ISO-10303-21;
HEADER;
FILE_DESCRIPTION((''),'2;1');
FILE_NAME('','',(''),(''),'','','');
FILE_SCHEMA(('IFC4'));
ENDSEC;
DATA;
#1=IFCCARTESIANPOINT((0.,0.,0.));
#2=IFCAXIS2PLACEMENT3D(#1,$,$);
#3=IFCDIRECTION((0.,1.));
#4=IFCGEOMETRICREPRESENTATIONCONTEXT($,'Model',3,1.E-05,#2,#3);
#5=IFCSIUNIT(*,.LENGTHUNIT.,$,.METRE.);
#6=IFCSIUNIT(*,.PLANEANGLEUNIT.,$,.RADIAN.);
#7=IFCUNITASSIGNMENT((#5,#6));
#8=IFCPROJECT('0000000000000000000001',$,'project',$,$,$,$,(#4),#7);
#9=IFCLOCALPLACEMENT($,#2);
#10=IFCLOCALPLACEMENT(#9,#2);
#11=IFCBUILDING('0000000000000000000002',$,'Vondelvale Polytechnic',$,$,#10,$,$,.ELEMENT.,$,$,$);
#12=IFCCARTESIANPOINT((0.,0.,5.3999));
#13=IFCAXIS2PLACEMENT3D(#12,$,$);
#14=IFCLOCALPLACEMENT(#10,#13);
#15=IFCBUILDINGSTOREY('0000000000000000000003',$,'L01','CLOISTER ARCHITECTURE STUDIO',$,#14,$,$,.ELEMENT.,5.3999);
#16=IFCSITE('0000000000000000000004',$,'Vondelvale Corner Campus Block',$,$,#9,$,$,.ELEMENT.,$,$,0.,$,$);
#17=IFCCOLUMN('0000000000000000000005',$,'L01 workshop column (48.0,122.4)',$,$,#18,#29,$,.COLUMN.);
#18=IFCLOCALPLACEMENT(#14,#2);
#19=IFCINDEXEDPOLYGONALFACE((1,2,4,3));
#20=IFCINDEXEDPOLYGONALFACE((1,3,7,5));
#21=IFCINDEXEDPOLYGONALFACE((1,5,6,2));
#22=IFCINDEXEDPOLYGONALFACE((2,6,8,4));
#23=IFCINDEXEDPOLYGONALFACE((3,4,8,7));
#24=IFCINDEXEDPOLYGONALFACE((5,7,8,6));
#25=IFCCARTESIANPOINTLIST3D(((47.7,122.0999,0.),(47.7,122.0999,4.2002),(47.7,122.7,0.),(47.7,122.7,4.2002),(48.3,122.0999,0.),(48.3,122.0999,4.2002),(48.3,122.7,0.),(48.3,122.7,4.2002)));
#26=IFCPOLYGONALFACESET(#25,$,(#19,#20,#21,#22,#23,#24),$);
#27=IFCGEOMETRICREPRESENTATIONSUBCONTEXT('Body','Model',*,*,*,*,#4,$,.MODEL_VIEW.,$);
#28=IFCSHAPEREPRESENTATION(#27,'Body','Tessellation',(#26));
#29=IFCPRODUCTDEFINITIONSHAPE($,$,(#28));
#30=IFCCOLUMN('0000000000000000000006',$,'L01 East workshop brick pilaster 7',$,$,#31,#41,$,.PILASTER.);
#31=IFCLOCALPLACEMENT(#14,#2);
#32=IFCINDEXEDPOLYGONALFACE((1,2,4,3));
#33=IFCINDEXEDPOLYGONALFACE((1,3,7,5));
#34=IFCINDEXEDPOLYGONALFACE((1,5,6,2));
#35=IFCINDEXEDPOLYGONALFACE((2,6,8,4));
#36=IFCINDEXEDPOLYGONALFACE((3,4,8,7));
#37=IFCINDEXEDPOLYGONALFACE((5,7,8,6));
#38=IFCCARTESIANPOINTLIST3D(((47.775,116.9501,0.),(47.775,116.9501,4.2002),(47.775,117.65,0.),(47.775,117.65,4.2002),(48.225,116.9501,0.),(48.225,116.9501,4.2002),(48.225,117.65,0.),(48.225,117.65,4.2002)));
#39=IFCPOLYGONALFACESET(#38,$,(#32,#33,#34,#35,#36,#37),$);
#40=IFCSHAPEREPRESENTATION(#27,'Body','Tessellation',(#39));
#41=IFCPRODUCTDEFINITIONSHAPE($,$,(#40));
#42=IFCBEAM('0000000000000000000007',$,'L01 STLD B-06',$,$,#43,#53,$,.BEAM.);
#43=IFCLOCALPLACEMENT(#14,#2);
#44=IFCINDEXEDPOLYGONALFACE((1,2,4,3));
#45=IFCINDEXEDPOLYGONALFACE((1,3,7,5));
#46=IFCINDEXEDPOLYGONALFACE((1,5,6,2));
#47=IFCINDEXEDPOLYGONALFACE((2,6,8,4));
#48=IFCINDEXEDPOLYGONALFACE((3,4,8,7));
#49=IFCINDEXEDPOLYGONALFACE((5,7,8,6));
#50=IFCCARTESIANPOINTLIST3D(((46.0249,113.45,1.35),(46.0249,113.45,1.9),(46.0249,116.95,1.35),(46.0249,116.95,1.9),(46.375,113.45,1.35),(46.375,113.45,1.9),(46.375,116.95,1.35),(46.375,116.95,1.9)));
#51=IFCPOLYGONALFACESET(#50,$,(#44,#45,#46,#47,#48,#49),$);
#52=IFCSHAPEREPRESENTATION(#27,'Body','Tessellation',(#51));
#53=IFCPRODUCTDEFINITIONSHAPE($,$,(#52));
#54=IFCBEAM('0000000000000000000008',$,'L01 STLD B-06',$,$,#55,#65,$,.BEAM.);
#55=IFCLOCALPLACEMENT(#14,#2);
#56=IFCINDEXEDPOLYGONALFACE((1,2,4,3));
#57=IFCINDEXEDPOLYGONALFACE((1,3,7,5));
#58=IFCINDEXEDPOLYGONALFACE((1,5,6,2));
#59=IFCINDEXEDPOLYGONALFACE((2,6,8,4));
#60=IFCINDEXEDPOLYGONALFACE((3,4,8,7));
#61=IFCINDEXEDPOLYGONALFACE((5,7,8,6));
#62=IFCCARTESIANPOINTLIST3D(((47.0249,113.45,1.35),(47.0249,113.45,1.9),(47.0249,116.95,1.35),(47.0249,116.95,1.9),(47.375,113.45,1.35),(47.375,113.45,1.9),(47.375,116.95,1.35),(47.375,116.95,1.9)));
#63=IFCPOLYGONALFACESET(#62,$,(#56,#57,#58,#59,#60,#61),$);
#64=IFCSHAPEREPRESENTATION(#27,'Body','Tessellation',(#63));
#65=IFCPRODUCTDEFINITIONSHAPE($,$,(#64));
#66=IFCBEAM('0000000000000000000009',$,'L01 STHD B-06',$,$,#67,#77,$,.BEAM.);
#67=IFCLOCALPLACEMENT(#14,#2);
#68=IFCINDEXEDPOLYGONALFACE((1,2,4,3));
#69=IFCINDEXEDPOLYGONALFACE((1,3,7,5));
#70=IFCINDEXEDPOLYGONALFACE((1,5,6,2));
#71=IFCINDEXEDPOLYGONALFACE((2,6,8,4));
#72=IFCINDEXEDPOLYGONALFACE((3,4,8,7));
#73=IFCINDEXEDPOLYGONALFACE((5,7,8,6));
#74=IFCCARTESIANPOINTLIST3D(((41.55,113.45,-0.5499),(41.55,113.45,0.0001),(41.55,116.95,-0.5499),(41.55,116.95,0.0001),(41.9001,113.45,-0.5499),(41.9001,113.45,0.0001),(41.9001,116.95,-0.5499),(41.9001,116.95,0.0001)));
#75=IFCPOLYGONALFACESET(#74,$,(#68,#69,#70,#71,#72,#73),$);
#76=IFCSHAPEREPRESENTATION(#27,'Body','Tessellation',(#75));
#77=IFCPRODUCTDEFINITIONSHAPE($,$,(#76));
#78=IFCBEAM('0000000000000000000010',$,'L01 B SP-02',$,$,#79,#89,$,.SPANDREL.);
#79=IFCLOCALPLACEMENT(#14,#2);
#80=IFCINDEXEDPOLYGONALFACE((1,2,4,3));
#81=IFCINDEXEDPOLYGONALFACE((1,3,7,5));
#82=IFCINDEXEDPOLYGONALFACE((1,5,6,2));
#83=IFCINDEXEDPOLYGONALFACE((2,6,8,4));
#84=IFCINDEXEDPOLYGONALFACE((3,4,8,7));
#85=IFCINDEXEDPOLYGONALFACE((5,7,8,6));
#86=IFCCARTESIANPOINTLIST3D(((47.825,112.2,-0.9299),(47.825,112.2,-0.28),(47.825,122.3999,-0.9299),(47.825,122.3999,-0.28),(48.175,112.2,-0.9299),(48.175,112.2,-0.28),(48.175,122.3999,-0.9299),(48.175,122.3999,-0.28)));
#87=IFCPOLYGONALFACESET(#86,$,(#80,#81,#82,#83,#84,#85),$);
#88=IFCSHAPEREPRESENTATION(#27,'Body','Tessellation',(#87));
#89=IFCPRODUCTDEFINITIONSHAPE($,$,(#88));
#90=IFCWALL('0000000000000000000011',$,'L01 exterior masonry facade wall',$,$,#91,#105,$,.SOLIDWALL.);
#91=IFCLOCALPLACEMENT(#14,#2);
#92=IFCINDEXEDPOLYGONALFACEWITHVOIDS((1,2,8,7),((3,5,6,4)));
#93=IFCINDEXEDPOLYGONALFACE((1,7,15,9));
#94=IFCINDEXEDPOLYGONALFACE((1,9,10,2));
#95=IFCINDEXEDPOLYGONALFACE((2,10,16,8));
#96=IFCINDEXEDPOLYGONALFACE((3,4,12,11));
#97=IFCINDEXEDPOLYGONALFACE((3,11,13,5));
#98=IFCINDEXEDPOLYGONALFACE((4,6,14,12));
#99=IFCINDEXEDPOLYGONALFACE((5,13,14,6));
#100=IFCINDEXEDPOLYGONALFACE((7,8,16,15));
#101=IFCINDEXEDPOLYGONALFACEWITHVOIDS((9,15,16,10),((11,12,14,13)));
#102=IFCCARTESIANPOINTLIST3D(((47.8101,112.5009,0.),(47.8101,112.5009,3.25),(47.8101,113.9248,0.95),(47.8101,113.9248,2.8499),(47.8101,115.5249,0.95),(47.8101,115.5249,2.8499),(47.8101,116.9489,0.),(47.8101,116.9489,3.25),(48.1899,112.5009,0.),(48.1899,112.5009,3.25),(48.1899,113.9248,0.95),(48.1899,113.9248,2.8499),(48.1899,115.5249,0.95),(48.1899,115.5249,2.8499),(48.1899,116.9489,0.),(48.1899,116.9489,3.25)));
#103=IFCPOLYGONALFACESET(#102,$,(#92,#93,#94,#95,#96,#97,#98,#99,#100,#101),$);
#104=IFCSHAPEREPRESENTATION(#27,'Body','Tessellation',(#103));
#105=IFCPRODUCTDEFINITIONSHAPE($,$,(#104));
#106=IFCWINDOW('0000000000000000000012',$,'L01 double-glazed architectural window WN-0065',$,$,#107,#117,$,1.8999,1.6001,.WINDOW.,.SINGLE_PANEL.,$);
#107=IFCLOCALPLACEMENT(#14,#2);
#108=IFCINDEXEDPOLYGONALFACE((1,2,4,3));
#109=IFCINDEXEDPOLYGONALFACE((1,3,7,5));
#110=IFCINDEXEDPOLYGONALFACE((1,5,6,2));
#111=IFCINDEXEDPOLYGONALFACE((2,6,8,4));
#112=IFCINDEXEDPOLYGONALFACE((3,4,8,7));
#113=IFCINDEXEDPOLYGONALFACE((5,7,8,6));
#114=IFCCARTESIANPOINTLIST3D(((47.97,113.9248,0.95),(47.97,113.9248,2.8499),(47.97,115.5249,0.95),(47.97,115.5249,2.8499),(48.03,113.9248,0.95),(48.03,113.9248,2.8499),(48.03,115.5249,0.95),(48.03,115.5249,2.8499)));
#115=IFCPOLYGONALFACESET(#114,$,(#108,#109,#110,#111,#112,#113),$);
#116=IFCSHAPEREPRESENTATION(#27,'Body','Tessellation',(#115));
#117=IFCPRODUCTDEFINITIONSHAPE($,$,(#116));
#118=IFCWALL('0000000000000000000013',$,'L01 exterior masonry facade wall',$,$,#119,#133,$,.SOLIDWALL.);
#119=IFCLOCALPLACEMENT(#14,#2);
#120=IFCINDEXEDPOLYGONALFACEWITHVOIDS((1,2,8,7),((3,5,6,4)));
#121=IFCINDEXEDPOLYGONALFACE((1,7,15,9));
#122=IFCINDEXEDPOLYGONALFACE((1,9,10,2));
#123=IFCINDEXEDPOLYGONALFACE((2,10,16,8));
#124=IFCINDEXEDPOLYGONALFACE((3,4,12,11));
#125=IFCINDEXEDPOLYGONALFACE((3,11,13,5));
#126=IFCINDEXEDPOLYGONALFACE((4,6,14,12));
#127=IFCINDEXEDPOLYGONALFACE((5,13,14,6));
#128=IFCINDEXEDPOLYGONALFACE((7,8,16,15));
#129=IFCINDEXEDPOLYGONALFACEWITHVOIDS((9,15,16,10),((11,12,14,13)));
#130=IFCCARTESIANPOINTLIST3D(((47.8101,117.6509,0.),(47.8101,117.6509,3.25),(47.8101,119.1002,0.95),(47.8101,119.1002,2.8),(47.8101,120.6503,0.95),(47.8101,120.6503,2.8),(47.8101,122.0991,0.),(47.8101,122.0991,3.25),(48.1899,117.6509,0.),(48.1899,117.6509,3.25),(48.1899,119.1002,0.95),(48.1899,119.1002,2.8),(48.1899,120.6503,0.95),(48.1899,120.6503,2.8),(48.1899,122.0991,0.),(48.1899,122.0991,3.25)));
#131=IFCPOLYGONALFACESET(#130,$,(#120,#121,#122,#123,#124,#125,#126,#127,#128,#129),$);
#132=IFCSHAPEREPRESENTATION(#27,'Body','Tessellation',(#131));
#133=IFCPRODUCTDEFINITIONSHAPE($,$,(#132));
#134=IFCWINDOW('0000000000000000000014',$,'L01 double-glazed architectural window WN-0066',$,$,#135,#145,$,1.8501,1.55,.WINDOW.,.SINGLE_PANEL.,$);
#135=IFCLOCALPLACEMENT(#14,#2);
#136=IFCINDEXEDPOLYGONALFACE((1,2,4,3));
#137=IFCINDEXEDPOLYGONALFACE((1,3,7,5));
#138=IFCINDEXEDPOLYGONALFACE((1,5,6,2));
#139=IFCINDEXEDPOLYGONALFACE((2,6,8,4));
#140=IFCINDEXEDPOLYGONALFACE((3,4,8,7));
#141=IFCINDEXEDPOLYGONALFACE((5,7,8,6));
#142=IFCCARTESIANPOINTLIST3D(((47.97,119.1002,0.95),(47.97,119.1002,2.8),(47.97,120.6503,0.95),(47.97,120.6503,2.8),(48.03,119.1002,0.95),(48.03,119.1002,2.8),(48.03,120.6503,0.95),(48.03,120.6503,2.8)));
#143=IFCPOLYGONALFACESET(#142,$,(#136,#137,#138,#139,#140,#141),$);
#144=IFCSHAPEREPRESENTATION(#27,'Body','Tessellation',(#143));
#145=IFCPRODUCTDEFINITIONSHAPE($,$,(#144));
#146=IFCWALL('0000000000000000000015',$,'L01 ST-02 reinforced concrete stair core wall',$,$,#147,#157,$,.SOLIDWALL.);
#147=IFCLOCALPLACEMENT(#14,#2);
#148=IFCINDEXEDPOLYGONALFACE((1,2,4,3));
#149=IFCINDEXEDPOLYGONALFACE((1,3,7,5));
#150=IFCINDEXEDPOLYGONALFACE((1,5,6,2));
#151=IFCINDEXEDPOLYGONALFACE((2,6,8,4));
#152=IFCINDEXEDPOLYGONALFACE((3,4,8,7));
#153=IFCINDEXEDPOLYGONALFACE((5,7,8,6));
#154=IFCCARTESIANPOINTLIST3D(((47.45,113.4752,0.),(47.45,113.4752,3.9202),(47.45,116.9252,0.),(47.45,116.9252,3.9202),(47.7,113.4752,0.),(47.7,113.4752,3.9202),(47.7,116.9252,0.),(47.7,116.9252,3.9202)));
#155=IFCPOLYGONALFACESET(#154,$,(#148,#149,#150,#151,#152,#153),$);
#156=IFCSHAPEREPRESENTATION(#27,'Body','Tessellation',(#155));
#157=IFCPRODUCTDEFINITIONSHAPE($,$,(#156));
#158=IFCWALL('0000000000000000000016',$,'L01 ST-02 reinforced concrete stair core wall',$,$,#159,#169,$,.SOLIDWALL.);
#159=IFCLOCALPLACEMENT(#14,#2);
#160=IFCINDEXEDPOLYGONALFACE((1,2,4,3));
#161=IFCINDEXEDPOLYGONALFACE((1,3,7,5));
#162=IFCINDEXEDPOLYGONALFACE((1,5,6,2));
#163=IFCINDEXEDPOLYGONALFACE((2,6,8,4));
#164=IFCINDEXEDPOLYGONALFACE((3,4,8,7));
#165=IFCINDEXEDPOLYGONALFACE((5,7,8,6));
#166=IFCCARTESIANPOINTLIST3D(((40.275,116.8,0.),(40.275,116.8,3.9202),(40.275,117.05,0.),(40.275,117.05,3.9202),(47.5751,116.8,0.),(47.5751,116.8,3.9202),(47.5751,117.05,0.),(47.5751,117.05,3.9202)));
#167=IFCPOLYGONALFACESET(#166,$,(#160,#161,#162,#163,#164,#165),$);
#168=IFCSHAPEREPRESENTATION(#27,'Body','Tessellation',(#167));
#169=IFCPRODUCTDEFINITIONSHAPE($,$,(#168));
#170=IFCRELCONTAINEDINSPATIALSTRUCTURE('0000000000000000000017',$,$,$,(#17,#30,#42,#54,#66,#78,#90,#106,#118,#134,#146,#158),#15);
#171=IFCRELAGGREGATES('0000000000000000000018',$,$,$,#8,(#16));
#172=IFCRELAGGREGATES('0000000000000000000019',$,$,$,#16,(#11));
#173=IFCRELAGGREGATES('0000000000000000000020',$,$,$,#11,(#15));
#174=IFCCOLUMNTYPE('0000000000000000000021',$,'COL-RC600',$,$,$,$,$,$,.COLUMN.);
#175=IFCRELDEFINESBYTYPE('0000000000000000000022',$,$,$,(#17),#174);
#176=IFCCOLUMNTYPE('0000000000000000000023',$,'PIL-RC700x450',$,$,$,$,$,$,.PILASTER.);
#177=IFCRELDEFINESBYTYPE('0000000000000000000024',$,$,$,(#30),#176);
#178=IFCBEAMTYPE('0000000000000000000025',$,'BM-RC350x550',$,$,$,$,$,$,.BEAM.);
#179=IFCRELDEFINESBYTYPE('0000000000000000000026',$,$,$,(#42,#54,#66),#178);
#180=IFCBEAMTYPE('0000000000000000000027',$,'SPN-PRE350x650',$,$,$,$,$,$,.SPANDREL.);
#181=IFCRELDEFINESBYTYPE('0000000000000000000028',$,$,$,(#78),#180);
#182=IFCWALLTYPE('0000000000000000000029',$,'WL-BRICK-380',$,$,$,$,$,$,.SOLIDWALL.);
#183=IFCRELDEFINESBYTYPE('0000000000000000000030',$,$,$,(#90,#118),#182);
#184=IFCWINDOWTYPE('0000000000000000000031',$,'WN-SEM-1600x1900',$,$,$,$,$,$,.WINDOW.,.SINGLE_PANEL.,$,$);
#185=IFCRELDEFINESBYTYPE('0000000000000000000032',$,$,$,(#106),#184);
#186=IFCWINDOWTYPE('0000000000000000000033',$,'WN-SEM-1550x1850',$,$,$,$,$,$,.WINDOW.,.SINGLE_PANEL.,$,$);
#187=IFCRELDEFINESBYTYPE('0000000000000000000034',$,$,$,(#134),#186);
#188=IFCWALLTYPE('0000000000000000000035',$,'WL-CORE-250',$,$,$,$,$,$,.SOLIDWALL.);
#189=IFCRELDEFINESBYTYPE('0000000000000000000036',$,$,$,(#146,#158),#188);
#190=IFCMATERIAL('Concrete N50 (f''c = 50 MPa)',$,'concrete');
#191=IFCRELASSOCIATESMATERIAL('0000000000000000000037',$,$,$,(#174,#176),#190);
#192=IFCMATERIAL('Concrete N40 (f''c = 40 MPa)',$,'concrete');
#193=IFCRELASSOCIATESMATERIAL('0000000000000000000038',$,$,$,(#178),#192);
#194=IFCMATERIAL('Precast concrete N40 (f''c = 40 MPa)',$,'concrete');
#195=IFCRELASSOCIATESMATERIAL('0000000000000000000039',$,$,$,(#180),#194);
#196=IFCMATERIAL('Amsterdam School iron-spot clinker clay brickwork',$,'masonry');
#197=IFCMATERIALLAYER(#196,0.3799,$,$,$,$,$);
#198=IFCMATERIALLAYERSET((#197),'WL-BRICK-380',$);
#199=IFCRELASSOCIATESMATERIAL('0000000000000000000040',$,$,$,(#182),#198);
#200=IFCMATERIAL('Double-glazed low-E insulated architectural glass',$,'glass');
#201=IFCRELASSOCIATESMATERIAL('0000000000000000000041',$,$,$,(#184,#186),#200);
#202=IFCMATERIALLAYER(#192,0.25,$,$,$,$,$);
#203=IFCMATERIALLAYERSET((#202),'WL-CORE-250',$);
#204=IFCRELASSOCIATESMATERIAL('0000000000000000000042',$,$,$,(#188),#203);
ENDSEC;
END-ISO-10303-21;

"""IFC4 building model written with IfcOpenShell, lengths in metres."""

from ifc_helpers import new_model, si_unit, direction, frame, frame_2d, origin, origin_2d, place, context, subcontext, project, spatial, rectangle, extrude, material, layer, layer_set, material_profile, profile_set, type_object, element, fill, save


model = new_model("IFC4")

# Units and contexts
model_context = context("Model", 3, precision=1e-05, world=origin(), true_north=direction((0.0, 1.0)))
body_context = subcontext(model_context, "Body", "Model", "MODEL_VIEW")
ifc_project = project(units=[si_unit("LENGTHUNIT", "METRE"), si_unit("PLANEANGLEUNIT", "RADIAN")], contexts=[model_context])

# Site, building, storey
site_placement = place(None, origin())
site = spatial("IfcSite", under=ifc_project, at=site_placement, Name="Vondelvale Corner Campus Block", CompositionType="ELEMENT", RefElevation=0.0)
building_placement = place(site_placement, origin())
building = spatial("IfcBuilding", under=site, at=building_placement, Name="Vondelvale Polytechnic", CompositionType="ELEMENT")
storey_placement = place(building_placement, frame((0.0, 0.0, 5.3999)))
storey = spatial("IfcBuildingStorey", under=building, at=storey_placement, Name="L01", Description="CLOISTER ARCHITECTURE STUDIO", CompositionType="ELEMENT", Elevation=5.3999)

# Columns
ifc_material_1 = material(Name="Concrete N50 (f'c = 50 MPa)", Category="concrete")
ifc_material_profile_1 = material_profile(ifc_material_1, rectangle(XDim=0.6001, YDim=0.6001, at=origin_2d()), Name="RC-COL-600x600")
ifc_profile_set_1 = profile_set([ifc_material_profile_1], Name="Concrete N50 (f'c = 50 MPa)")
column_type_1 = type_object("IfcColumnType", Name="COL-RC600", PredefinedType="COLUMN", material=ifc_profile_set_1)
column_1_placement = place(storey_placement, frame((48.0, 122.3999, 0.0), z_axis=(0.0, 0.0, 1.0), x_axis=(1.0, 0.0, 0.0)))
element("IfcColumn", 1, at=column_1_placement, inside=storey, type_object=column_type_1, Name="L01 workshop column (48.0,122.4)", PredefinedType="COLUMN", context=body_context, shape_type="SweptSolid", body=[
    extrude(rectangle(XDim=0.6001, YDim=0.6001, at=origin_2d()), origin(), (0.0, 0.0, 1.0), 4.2002),
])
ifc_material_profile_2 = material_profile(ifc_material_1, rectangle(XDim=0.45, YDim=0.7, at=origin_2d()), Name="RC-PIL-700x450")
ifc_profile_set_2 = profile_set([ifc_material_profile_2], Name="Concrete N50 (f'c = 50 MPa)")
column_type_2 = type_object("IfcColumnType", Name="PIL-RC700x450", PredefinedType="PILASTER", material=ifc_profile_set_2)
column_2_placement = place(storey_placement, frame((48.0, 117.3, 0.0), z_axis=(0.0, 0.0, 1.0), x_axis=(1.0, 0.0, 0.0)))
element("IfcColumn", 2, at=column_2_placement, inside=storey, type_object=column_type_2, Name="L01 East workshop brick pilaster 7", PredefinedType="PILASTER", context=body_context, shape_type="SweptSolid", body=[
    extrude(rectangle(XDim=0.45, YDim=0.7, at=origin_2d()), origin(), (0.0, 0.0, 1.0), 4.2002),
])

# Beams
ifc_material_2 = material(Name="Concrete N40 (f'c = 40 MPa)", Category="concrete")
ifc_material_profile_3 = material_profile(ifc_material_2, rectangle(XDim=0.3501, YDim=0.55, at=origin_2d()), Name="RC-BM-350x550")
ifc_profile_set_3 = profile_set([ifc_material_profile_3], Name="Concrete N40 (f'c = 40 MPa)")
beam_type_1 = type_object("IfcBeamType", Name="BM-RC350x550", PredefinedType="BEAM", material=ifc_profile_set_3)
for number, where, z_axis, x_axis, name in (
    (3, (46.2, 113.45, 1.625), (0.0, 1.0, 0.0), (-1.0, 0.0, 0.0), "L01 STLD B-06"),
    (4, (47.2, 113.45, 1.625), (0.0, 1.0, 0.0), (-1.0, 0.0, 0.0), "L01 STLD B-06"),
    (5, (41.7251, 113.45, -0.2749), (0.0, 1.0, 0.0), (-1.0, 0.0, 0.0), "L01 STHD B-06"),
):
    element("IfcBeam", number, at=place(storey_placement, frame(where, z_axis=z_axis, x_axis=x_axis)), inside=storey, type_object=beam_type_1, Name=name, PredefinedType="BEAM", context=body_context, shape_type="SweptSolid", body=[
        extrude(rectangle(XDim=0.3501, YDim=0.55, at=origin_2d()), origin(), (0.0, 0.0, 1.0), 3.5),
    ])
ifc_material_3 = material(Name="Precast concrete N40 (f'c = 40 MPa)", Category="concrete")
ifc_material_profile_4 = material_profile(ifc_material_3, rectangle(XDim=0.3501, YDim=0.6499, at=origin_2d()), Name="RC-SPN-350x650")
ifc_profile_set_4 = profile_set([ifc_material_profile_4], Name="Precast concrete N40 (f'c = 40 MPa)")
beam_type_2 = type_object("IfcBeamType", Name="SPN-PRE350x650", PredefinedType="SPANDREL", material=ifc_profile_set_4)
beam_placement = place(storey_placement, frame((48.0, 112.2, -0.605), z_axis=(0.0, 1.0, 0.0), x_axis=(-1.0, 0.0, 0.0)))
element("IfcBeam", 6, at=beam_placement, inside=storey, type_object=beam_type_2, Name="L01 B SP-02", PredefinedType="SPANDREL", context=body_context, shape_type="SweptSolid", body=[
    extrude(rectangle(XDim=0.3501, YDim=0.6499, at=origin_2d()), origin(), (0.0, 0.0, 1.0), 10.2),
])

# Walls, openings, windows
ifc_material_4 = material(Name="Amsterdam School iron-spot clinker clay brickwork", Category="masonry")
ifc_layer_1 = layer(ifc_material_4, 0.3799)
ifc_layer_set_1 = layer_set([ifc_layer_1], Name="WL-BRICK-380")
wall_type_1 = type_object("IfcWallType", Name="WL-BRICK-380", PredefinedType="SOLIDWALL", material=ifc_layer_set_1)
wall_1_placement = place(storey_placement, frame((48.0, 116.949, 0.0), z_axis=(0.0, 0.0, 1.0), x_axis=(0.0, -1.0, 0.0)))
wall_1 = element("IfcWall", 7, at=wall_1_placement, inside=storey, type_object=wall_type_1, Name="L01 exterior masonry facade wall", PredefinedType="SOLIDWALL", context=body_context, shape_type="SweptSolid", body=[
    extrude(rectangle(XDim=4.448, YDim=0.3799, at=frame_2d((2.2241, 0.0))), origin(), (0.0, 0.0, 1.0), 3.25),
])
opening_1_placement = place(wall_1_placement, frame((1.4241, 0.0, 0.95)))
opening_1 = element("IfcOpeningElement", 8, at=opening_1_placement, cuts=wall_1, PredefinedType="OPENING", context=body_context, shape_type="SweptSolid", body=[
    extrude(rectangle(XDim=1.6001, YDim=1.8999, at=frame_2d((0.8, 0.95))), frame((0.0, 0.2, 0.0), z_axis=(0.0, -1.0, 0.0), x_axis=(1.0, 0.0, 0.0)), (0.0, 0.0, 1.0), 0.3999),
])
ifc_material_5 = material(Name="Double-glazed low-E insulated architectural glass", Category="glass")
window_type_1 = type_object("IfcWindowType", Name="WN-SEM-1600x1900", PartitioningType="SINGLE_PANEL", PredefinedType="WINDOW", material=ifc_material_5)
window_1_placement = place(opening_1_placement, origin())
window_1 = element("IfcWindow", 9, at=window_1_placement, inside=storey, type_object=window_type_1, Name="L01 double-glazed architectural window WN-0065", OverallHeight=1.8999, OverallWidth=1.6001, PartitioningType="SINGLE_PANEL", PredefinedType="WINDOW", context=body_context, shape_type="SweptSolid", body=[
    extrude(rectangle(XDim=1.6001, YDim=1.8999, at=frame_2d((0.8, 0.95))), frame((0.0, 0.03, 0.0), z_axis=(0.0, -1.0, 0.0), x_axis=(1.0, 0.0, 0.0)), (0.0, 0.0, 1.0), 0.0601),
])
fill(opening_1, window_1)
wall_2_placement = place(storey_placement, frame((48.0, 122.0991, 0.0), z_axis=(0.0, 0.0, 1.0), x_axis=(0.0, -1.0, 0.0)))
wall_2 = element("IfcWall", 10, at=wall_2_placement, inside=storey, type_object=wall_type_1, Name="L01 exterior masonry facade wall", PredefinedType="SOLIDWALL", context=body_context, shape_type="SweptSolid", body=[
    extrude(rectangle(XDim=4.4482, YDim=0.3799, at=frame_2d((2.2241, 0.0))), origin(), (0.0, 0.0, 1.0), 3.25),
])
opening_2_placement = place(wall_2_placement, frame((1.449, 0.0, 0.95)))
opening_2 = element("IfcOpeningElement", 11, at=opening_2_placement, cuts=wall_2, PredefinedType="OPENING", context=body_context, shape_type="SweptSolid", body=[
    extrude(rectangle(XDim=1.55, YDim=1.8501, at=frame_2d((0.7749, 0.925))), frame((0.0, 0.2, 0.0), z_axis=(0.0, -1.0, 0.0), x_axis=(1.0, 0.0, 0.0)), (0.0, 0.0, 1.0), 0.3999),
])
window_type_2 = type_object("IfcWindowType", Name="WN-SEM-1550x1850", PartitioningType="SINGLE_PANEL", PredefinedType="WINDOW", material=ifc_material_5)
window_2_placement = place(opening_2_placement, origin())
window_2 = element("IfcWindow", 12, at=window_2_placement, inside=storey, type_object=window_type_2, Name="L01 double-glazed architectural window WN-0066", OverallHeight=1.8501, OverallWidth=1.55, PartitioningType="SINGLE_PANEL", PredefinedType="WINDOW", context=body_context, shape_type="SweptSolid", body=[
    extrude(rectangle(XDim=1.55, YDim=1.8501, at=frame_2d((0.7749, 0.925))), frame((0.0, 0.03, 0.0), z_axis=(0.0, -1.0, 0.0), x_axis=(1.0, 0.0, 0.0)), (0.0, 0.0, 1.0), 0.0601),
])
fill(opening_2, window_2)

# Walls
ifc_layer_2 = layer(ifc_material_2, 0.25)
ifc_layer_set_2 = layer_set([ifc_layer_2], Name="WL-CORE-250")
wall_type_2 = type_object("IfcWallType", Name="WL-CORE-250", PredefinedType="SOLIDWALL", material=ifc_layer_set_2)
wall_3_placement = place(storey_placement, frame((47.575, 113.4751, 0.0), z_axis=(0.0, 0.0, 1.0), x_axis=(0.0, 1.0, 0.0)))
element("IfcWall", 13, at=wall_3_placement, inside=storey, type_object=wall_type_2, Name="L01 ST-02 reinforced concrete stair core wall", PredefinedType="SOLIDWALL", context=body_context, shape_type="SweptSolid", body=[
    extrude(rectangle(XDim=3.45, YDim=0.25, at=frame_2d((1.7251, 0.0))), origin(), (0.0, 0.0, 1.0), 3.9202),
])
wall_4_placement = place(storey_placement, frame((47.575, 116.925, 0.0), z_axis=(0.0, 0.0, 1.0), x_axis=(-1.0, 0.0, 0.0)))
element("IfcWall", 14, at=wall_4_placement, inside=storey, type_object=wall_type_2, Name="L01 ST-02 reinforced concrete stair core wall", PredefinedType="SOLIDWALL", context=body_context, shape_type="SweptSolid", body=[
    extrude(rectangle(XDim=7.3, YDim=0.25, at=frame_2d((3.6499, 0.0))), origin(), (0.0, 0.0, 1.0), 3.9202),
])

save(model, "model.ifc")
